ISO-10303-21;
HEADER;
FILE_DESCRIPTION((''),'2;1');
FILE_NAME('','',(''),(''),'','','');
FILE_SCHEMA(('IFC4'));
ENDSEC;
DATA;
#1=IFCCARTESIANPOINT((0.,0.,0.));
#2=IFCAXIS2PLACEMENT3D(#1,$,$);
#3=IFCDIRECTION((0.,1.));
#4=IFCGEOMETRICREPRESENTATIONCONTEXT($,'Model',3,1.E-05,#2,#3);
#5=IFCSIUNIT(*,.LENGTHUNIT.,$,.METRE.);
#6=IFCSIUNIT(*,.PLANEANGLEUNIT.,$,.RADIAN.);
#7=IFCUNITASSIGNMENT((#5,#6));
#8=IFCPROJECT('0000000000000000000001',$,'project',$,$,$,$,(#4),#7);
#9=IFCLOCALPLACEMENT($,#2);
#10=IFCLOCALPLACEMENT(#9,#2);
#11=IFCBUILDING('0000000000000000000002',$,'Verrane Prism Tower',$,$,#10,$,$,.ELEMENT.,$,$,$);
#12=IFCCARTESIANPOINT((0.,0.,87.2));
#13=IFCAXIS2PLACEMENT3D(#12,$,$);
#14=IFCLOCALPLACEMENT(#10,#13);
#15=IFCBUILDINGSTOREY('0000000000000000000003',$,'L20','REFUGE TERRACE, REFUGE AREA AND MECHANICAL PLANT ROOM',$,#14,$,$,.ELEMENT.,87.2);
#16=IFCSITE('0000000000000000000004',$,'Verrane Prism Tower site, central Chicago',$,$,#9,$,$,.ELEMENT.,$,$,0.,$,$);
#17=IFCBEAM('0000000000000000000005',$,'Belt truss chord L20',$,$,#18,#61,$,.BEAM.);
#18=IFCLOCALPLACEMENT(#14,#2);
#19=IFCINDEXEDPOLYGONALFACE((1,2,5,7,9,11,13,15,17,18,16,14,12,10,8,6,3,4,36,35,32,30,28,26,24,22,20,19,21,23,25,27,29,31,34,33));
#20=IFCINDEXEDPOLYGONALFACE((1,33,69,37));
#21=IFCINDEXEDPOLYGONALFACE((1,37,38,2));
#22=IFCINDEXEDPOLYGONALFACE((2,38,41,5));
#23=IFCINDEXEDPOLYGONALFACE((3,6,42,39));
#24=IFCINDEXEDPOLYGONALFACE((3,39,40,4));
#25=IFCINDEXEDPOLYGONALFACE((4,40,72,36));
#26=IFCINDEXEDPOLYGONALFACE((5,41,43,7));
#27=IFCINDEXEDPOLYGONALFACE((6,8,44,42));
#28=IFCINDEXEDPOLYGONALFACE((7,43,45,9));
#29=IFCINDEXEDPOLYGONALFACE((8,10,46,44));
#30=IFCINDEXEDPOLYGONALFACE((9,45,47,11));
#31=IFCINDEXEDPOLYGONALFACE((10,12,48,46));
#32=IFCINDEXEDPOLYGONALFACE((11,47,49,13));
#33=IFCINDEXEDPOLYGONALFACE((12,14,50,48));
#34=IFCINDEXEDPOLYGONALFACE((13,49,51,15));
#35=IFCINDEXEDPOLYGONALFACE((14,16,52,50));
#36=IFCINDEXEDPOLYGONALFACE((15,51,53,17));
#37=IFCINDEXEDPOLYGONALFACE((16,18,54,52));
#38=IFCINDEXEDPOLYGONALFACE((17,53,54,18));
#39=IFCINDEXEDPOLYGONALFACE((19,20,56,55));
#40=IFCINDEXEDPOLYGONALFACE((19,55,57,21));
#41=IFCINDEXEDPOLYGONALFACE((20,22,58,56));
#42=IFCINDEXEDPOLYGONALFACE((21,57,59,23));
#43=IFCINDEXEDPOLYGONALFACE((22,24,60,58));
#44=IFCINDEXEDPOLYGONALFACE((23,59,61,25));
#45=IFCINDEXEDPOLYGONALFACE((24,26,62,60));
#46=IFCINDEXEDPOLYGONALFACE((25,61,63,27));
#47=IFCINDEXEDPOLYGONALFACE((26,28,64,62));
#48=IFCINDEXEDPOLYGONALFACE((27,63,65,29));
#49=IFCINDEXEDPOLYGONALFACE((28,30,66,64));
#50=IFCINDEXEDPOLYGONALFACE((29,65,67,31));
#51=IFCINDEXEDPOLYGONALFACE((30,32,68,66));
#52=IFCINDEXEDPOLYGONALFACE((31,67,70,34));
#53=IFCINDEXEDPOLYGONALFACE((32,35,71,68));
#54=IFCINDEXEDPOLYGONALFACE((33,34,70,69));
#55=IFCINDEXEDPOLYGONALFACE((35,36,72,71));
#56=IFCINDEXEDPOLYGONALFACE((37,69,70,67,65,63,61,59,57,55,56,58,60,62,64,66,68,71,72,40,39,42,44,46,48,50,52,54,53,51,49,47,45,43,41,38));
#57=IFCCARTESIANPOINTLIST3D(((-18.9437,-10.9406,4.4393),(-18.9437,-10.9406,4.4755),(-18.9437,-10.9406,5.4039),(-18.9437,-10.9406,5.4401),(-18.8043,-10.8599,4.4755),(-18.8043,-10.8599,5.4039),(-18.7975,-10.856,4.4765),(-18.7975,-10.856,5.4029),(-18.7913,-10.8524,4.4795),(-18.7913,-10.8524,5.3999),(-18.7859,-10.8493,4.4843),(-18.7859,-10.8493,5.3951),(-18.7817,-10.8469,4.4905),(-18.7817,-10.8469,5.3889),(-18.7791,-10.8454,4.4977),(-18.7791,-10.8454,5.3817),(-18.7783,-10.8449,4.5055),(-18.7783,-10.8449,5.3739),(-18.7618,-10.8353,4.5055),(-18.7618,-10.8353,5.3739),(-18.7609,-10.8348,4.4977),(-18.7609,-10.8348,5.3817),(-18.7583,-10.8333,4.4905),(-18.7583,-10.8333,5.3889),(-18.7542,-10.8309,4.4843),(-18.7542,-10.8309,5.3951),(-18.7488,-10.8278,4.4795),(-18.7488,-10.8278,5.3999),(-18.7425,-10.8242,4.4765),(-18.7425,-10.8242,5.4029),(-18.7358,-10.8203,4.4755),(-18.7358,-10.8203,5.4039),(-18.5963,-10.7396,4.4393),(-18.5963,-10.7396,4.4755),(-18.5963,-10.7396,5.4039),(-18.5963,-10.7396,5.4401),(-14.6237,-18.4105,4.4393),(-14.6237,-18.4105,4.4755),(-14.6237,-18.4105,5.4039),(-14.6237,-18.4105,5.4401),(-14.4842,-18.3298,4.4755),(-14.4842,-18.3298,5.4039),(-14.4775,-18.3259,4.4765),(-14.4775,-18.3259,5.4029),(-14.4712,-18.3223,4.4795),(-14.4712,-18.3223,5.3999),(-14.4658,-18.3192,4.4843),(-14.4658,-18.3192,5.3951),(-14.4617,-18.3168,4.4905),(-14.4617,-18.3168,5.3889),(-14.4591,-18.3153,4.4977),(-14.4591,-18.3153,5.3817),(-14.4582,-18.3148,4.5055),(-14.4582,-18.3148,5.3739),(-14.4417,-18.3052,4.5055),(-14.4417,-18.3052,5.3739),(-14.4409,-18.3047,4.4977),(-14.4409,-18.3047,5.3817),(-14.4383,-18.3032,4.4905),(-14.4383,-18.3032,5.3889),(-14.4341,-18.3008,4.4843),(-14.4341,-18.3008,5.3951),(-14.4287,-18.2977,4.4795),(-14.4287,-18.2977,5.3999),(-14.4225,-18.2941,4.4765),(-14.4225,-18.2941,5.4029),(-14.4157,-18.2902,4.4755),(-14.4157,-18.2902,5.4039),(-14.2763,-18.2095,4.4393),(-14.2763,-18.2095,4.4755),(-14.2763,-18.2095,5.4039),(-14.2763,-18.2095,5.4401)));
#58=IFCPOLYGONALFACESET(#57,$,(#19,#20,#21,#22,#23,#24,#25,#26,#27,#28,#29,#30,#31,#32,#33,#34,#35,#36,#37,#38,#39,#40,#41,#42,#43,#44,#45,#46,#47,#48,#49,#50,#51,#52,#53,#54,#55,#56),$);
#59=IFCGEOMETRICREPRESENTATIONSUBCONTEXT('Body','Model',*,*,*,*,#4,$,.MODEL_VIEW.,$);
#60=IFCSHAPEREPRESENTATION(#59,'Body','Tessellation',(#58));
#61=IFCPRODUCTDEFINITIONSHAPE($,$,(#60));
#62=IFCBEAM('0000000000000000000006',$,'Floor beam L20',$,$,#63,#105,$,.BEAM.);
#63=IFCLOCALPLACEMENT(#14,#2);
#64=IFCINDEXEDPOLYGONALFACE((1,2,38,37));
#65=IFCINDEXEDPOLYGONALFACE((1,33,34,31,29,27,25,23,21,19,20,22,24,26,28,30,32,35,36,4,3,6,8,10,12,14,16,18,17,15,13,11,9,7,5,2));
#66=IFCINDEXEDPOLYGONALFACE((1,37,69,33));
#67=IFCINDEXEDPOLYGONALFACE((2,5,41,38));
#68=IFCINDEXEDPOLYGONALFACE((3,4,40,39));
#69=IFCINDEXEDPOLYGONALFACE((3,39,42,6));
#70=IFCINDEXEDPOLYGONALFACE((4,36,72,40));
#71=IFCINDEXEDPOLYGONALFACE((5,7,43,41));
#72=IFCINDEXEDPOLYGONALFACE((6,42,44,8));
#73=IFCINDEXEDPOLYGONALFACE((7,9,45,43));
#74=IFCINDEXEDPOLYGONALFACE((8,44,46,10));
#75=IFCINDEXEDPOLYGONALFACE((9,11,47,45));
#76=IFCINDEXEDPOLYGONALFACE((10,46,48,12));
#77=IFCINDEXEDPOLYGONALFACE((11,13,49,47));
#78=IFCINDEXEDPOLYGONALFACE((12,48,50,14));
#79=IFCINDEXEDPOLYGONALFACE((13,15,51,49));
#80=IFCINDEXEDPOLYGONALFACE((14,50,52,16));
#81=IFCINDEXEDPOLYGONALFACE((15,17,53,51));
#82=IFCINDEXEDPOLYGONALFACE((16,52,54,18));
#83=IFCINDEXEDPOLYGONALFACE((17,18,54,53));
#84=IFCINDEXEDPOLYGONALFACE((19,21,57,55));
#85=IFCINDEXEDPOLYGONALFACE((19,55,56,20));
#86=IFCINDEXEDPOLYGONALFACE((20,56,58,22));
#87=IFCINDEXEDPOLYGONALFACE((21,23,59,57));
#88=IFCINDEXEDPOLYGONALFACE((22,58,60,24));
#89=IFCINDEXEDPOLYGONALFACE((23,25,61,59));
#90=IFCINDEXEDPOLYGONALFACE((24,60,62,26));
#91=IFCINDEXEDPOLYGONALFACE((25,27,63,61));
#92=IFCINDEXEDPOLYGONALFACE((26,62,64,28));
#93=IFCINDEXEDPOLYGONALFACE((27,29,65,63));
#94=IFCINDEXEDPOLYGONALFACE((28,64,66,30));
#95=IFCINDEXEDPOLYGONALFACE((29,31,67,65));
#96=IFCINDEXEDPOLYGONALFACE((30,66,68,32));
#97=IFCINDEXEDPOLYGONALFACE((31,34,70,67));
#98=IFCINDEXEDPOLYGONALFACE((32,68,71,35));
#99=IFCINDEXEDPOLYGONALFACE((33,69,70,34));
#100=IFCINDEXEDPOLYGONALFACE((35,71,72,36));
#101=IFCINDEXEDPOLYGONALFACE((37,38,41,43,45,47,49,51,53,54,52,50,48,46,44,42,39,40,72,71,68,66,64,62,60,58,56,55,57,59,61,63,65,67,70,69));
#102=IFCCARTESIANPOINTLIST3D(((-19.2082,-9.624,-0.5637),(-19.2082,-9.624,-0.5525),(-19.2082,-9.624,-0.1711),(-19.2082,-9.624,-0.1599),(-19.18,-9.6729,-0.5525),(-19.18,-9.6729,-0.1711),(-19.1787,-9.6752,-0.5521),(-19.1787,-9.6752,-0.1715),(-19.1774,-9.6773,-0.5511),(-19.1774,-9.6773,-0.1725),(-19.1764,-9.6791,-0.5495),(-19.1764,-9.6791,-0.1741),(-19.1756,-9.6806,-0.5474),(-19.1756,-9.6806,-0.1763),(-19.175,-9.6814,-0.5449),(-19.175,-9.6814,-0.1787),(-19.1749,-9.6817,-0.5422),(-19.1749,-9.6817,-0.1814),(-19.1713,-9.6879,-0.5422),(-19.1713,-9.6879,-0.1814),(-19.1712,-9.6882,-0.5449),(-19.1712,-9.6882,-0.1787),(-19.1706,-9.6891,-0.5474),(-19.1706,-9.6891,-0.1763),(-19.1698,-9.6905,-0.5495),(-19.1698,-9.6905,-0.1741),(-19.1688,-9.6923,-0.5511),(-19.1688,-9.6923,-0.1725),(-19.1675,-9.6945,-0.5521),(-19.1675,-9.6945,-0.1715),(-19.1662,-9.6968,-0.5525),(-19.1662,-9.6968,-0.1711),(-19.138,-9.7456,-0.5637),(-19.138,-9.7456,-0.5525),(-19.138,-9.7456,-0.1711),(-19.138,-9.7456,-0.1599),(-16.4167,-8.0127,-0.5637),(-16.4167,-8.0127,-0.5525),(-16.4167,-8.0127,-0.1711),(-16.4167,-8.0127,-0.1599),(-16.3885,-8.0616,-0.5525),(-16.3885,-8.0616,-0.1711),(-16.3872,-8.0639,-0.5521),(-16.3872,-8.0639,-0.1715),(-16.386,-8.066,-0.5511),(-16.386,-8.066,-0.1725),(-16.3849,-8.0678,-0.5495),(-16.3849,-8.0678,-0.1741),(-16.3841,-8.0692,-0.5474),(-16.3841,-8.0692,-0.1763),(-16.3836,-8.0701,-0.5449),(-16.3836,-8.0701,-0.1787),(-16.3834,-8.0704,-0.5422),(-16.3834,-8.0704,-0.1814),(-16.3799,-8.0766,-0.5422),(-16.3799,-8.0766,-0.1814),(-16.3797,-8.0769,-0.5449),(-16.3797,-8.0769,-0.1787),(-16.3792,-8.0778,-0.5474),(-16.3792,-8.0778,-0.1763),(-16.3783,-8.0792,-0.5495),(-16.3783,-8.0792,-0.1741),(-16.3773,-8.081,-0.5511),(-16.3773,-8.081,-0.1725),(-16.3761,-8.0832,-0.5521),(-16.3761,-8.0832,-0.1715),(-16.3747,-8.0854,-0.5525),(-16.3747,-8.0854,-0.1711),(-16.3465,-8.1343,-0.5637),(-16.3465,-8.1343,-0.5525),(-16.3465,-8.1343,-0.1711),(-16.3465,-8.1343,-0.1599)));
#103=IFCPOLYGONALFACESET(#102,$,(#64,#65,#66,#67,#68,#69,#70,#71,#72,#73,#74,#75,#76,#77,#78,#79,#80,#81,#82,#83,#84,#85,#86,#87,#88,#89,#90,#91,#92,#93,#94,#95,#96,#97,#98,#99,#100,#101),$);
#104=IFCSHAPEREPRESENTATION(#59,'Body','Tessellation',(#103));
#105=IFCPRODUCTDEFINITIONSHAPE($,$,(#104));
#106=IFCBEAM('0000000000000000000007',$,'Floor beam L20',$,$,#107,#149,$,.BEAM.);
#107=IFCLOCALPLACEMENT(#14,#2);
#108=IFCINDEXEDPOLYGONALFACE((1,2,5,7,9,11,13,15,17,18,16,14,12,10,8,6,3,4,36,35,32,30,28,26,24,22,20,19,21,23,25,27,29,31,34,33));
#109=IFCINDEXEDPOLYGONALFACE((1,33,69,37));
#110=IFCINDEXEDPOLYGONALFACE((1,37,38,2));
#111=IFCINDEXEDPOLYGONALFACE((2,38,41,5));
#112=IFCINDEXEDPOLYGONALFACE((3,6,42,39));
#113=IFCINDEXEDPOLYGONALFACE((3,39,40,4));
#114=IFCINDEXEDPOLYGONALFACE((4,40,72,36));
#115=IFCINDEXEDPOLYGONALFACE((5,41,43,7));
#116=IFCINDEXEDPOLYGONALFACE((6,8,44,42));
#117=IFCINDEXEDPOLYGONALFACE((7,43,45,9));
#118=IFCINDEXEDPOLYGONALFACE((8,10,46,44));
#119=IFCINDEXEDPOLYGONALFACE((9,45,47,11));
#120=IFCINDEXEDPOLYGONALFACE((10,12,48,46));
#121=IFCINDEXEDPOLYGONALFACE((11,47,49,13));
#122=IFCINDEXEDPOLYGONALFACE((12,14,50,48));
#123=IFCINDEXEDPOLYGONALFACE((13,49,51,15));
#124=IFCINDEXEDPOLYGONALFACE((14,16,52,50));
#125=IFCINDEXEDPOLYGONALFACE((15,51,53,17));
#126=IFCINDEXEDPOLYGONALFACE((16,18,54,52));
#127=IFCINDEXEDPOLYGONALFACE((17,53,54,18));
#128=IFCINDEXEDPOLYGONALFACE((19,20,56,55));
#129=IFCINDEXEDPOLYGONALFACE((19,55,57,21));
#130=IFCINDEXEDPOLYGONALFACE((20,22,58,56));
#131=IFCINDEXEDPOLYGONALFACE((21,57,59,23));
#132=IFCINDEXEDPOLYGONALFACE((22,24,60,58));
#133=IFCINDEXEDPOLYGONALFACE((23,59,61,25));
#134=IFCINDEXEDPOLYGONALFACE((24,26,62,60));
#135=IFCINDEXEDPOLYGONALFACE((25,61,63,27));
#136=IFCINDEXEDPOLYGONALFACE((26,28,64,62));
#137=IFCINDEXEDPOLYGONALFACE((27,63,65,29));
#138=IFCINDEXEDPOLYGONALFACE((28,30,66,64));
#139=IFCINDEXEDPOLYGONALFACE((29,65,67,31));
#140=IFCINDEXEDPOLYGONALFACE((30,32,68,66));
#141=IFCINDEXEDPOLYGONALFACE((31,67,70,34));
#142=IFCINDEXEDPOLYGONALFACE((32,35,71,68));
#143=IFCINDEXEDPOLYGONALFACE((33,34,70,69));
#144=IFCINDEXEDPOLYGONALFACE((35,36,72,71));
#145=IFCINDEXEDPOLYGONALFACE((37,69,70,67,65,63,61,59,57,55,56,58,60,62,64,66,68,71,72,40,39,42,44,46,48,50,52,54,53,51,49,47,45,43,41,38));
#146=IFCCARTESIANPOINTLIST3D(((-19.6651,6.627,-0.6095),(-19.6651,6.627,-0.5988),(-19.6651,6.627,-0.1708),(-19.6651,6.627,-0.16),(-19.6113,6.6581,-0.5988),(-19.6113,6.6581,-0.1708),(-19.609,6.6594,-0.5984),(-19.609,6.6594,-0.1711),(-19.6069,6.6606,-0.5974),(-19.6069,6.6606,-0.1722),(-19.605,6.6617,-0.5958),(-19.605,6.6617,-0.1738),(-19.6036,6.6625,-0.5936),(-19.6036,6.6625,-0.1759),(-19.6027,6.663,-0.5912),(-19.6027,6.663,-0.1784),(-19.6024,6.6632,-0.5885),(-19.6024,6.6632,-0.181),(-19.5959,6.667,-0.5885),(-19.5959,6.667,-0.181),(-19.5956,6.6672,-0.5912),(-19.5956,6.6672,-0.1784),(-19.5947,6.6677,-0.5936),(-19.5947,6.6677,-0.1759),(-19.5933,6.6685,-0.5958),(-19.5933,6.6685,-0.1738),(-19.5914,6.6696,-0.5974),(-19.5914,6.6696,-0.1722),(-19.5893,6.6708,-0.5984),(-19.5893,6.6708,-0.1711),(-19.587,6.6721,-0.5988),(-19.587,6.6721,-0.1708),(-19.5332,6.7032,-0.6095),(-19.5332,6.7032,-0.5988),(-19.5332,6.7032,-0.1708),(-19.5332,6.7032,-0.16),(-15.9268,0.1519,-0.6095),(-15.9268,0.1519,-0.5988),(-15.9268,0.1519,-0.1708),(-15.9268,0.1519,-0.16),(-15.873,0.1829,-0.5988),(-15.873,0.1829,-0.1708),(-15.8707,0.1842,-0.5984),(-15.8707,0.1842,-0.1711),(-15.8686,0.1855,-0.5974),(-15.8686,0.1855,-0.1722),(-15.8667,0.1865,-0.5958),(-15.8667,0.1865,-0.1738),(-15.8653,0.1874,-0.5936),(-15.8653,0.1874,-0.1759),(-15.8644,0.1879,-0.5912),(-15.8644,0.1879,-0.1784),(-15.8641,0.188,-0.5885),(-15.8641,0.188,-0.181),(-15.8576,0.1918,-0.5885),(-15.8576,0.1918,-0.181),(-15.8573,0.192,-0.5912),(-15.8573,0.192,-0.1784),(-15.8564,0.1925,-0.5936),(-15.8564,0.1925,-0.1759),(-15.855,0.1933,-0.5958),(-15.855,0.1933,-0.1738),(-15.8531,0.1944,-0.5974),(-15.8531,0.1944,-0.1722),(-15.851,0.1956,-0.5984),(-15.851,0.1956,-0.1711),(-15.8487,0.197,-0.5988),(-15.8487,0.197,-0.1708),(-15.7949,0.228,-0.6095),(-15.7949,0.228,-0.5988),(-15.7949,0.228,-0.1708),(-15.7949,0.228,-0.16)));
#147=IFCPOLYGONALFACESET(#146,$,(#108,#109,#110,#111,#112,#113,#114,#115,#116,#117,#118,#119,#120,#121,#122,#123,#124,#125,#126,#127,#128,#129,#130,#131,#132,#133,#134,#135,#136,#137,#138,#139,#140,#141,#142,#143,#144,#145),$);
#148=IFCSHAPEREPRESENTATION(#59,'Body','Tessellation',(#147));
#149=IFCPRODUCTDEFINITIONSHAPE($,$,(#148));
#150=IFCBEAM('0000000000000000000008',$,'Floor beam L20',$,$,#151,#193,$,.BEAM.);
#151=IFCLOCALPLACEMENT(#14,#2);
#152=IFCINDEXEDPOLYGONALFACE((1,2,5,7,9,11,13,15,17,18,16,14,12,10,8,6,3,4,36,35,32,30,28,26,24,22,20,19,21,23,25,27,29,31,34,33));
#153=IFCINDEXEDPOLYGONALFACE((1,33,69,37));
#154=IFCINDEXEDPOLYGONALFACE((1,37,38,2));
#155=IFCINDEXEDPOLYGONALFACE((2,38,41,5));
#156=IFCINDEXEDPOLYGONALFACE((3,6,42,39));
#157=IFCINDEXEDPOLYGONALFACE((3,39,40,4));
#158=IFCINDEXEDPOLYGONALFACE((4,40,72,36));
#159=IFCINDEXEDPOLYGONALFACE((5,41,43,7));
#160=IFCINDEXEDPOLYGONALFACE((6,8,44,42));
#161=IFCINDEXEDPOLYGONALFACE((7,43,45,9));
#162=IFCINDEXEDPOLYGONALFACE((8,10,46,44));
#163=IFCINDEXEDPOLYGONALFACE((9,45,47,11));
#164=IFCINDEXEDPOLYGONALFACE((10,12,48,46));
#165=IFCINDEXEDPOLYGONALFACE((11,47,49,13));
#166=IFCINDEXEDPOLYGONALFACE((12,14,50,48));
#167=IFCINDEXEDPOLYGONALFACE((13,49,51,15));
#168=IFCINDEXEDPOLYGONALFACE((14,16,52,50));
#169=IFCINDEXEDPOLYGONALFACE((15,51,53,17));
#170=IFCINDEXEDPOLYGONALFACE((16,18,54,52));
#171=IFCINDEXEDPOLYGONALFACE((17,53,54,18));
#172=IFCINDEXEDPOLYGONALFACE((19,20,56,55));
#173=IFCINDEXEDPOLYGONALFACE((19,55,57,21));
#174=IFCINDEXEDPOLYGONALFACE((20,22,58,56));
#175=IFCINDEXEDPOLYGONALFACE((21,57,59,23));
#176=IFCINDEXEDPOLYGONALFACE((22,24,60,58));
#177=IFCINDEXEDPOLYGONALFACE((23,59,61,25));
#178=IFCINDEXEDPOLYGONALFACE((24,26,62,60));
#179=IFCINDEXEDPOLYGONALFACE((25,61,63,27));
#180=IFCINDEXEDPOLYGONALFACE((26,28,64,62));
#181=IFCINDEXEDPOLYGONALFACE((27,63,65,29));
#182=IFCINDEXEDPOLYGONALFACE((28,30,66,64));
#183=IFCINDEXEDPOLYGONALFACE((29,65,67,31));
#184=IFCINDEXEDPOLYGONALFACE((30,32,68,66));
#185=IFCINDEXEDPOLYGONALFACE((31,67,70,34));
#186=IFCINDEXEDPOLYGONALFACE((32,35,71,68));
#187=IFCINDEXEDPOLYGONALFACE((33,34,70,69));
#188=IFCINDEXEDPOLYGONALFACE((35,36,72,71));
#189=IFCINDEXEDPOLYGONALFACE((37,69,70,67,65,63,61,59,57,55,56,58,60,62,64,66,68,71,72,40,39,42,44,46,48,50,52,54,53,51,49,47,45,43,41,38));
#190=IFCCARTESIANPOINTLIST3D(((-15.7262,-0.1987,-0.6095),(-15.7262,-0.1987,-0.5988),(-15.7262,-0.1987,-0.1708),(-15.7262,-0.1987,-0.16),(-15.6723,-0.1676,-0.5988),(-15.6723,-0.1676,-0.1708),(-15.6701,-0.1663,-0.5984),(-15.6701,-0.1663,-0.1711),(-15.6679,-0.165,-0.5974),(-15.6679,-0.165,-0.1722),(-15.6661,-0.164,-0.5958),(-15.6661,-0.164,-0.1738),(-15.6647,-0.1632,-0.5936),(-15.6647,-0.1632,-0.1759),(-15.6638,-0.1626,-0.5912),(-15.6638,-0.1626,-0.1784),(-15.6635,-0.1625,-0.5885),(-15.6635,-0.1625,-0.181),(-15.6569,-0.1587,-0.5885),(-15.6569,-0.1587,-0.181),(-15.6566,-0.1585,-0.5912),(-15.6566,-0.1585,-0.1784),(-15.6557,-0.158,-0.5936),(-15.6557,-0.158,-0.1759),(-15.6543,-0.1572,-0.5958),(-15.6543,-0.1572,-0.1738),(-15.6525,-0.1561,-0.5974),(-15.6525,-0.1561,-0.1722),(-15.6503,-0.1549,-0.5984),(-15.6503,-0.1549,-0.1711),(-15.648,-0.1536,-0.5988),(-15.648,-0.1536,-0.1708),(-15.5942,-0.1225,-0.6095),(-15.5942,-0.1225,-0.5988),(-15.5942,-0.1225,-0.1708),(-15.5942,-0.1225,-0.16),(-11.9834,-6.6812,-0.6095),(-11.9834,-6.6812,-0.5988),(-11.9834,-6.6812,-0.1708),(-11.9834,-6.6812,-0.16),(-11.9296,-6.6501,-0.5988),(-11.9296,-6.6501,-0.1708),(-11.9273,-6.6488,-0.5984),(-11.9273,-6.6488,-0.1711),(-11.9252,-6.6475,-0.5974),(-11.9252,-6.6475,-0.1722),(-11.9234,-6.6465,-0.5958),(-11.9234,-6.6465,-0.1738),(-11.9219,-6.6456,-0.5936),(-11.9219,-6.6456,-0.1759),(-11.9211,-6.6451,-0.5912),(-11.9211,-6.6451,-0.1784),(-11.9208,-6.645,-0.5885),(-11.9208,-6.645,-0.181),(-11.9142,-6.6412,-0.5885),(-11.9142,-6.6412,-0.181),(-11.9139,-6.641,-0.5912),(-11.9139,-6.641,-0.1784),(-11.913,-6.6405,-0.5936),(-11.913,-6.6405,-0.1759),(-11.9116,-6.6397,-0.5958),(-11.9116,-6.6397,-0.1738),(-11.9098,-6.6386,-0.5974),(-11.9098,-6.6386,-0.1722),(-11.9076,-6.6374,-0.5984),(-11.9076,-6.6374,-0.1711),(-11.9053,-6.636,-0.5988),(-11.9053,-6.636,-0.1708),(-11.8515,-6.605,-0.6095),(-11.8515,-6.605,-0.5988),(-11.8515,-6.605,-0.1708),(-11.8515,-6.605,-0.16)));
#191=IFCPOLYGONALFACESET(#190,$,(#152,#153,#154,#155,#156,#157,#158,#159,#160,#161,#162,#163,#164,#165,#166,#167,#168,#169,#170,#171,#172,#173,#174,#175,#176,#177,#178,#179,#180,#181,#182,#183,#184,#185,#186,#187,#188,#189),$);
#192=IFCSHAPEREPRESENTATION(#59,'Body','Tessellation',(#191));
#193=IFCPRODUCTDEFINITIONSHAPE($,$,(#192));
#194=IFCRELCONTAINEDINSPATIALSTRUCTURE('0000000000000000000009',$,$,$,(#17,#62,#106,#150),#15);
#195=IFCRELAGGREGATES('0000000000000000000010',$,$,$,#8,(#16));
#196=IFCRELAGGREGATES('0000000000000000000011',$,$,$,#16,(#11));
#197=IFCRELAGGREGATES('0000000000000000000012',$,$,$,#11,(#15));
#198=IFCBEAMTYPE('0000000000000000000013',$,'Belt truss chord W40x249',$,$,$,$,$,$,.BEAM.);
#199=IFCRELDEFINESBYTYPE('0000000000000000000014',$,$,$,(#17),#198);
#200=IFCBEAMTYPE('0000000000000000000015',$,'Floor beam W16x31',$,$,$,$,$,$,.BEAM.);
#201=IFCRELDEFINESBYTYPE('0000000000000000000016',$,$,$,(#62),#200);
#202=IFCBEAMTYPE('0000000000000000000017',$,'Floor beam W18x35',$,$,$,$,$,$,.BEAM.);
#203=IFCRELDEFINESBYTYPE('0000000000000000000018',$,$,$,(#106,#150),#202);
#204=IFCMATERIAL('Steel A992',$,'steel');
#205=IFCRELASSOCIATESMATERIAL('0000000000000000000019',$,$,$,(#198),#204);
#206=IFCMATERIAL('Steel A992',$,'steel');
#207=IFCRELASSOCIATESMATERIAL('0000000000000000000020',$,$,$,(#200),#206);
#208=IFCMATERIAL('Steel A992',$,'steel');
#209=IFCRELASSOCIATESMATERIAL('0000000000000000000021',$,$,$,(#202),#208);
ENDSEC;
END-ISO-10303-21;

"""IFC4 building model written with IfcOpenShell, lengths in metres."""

from ifc_helpers import new_model, si_unit, direction, frame, origin, origin_2d, place, context, subcontext, project, spatial, i_section, extrude, material, material_profile, profile_set, type_object, element, save


model = new_model("IFC4")

# Units and contexts
model_context = context("Model", 3, precision=1e-05, world=origin(), true_north=direction((0.0, 1.0)))
body_context = subcontext(model_context, "Body", "Model", "MODEL_VIEW")
ifc_project = project(units=[si_unit("LENGTHUNIT", "METRE"), si_unit("PLANEANGLEUNIT", "RADIAN")], contexts=[model_context])

# Site, building, storey
site_placement = place(None, origin())
site = spatial("IfcSite", under=ifc_project, at=site_placement, Name="Verrane Prism Tower site, central Chicago", CompositionType="ELEMENT", RefElevation=0.0)
building_placement = place(site_placement, origin())
building = spatial("IfcBuilding", under=site, at=building_placement, Name="Verrane Prism Tower", CompositionType="ELEMENT")
storey_placement = place(building_placement, frame((0.0, 0.0, 87.2)))
storey = spatial("IfcBuildingStorey", under=building, at=storey_placement, Name="L20", Description="REFUGE TERRACE, REFUGE AREA AND MECHANICAL PLANT ROOM", CompositionType="ELEMENT", Elevation=87.2)

# Beams
ifc_material_1 = material(Name="Steel A992", Category="steel")
ifc_material_profile_1 = material_profile(ifc_material_1, i_section(OverallWidth=0.4014, OverallDepth=1.0007, WebThickness=0.019, FlangeThickness=0.0361, FilletRadius=0.03, at=origin_2d()), Name="W40x249")
ifc_profile_set_1 = profile_set([ifc_material_profile_1], Name="Steel A992")
beam_type_1 = type_object("IfcBeamType", Name="Belt truss chord W40x249", PredefinedType="BEAM", material=ifc_profile_set_1)
beam_1_placement = place(storey_placement, frame((-18.77, -10.8401, 4.9397), z_axis=(0.500632, -0.86566, 0.0), x_axis=(0.86566, 0.500632, 0.0)))
element("IfcBeam", 1, at=beam_1_placement, inside=storey, type_object=beam_type_1, Name="Belt truss chord L20", PredefinedType="BEAM", context=body_context, shape_type="SweptSolid", body=[
    extrude(i_section(OverallWidth=0.4014, OverallDepth=1.0007, WebThickness=0.019, FlangeThickness=0.0361, FilletRadius=0.03, at=origin_2d()), origin(), (0.0, 0.0, 1.0), 8.6292),
])
ifc_material_2 = material(Name="Steel A992", Category="steel")
ifc_material_profile_2 = material_profile(ifc_material_2, i_section(OverallWidth=0.1404, OverallDepth=0.4038, WebThickness=0.0071, FlangeThickness=0.0112, FilletRadius=0.0103, at=origin_2d()), Name="W16x31")
ifc_profile_set_2 = profile_set([ifc_material_profile_2], Name="Steel A992")
beam_type_2 = type_object("IfcBeamType", Name="Floor beam W16x31", PredefinedType="BEAM", material=ifc_profile_set_2)
beam_2_placement = place(storey_placement, frame((-19.1731, -9.6848, -0.3618), z_axis=(0.866072, 0.499919, 0.0), x_axis=(-0.499919, 0.866072, 0.0)))
element("IfcBeam", 2, at=beam_2_placement, inside=storey, type_object=beam_type_2, Name="Floor beam L20", PredefinedType="BEAM", context=body_context, shape_type="SweptSolid", body=[
    extrude(i_section(OverallWidth=0.1404, OverallDepth=0.4038, WebThickness=0.0071, FlangeThickness=0.0112, FilletRadius=0.0103, at=origin_2d()), origin(), (0.0, 0.0, 1.0), 3.2231),
])
ifc_material_3 = material(Name="Steel A992", Category="steel")
ifc_material_profile_3 = material_profile(ifc_material_3, i_section(OverallWidth=0.1523, OverallDepth=0.4495, WebThickness=0.0076, FlangeThickness=0.0107, FilletRadius=0.0103, at=origin_2d()), Name="W18x35")
ifc_profile_set_3 = profile_set([ifc_material_profile_3], Name="Steel A992")
beam_type_3 = type_object("IfcBeamType", Name="Floor beam W18x35", PredefinedType="BEAM", material=ifc_profile_set_3)
beam_3_placement = place(storey_placement, frame((-15.8608, 0.1899, -0.3848), z_axis=(-0.499988, 0.866032, 0.0), x_axis=(-0.866032, -0.499988, 0.0)))
element("IfcBeam", 3, at=beam_3_placement, inside=storey, type_object=beam_type_3, Name="Floor beam L20", PredefinedType="BEAM", context=body_context, shape_type="SweptSolid", body=[
    extrude(i_section(OverallWidth=0.1523, OverallDepth=0.4495, WebThickness=0.0076, FlangeThickness=0.0107, FilletRadius=0.0103, at=origin_2d()), origin(), (0.0, 0.0, 1.0), 7.4768),
])
beam_4_placement = place(storey_placement, frame((-11.9175, -6.6431, -0.3848), z_axis=(-0.500005, 0.866023, 0.0), x_axis=(-0.866023, -0.500005, 0.0)))
element("IfcBeam", 4, at=beam_4_placement, inside=storey, type_object=beam_type_3, Name="Floor beam L20", PredefinedType="BEAM", context=body_context, shape_type="SweptSolid", body=[
    extrude(i_section(OverallWidth=0.1523, OverallDepth=0.4495, WebThickness=0.0076, FlangeThickness=0.0107, FilletRadius=0.0103, at=origin_2d()), origin(), (0.0, 0.0, 1.0), 7.4854),
])

save(model, "model.ifc")
